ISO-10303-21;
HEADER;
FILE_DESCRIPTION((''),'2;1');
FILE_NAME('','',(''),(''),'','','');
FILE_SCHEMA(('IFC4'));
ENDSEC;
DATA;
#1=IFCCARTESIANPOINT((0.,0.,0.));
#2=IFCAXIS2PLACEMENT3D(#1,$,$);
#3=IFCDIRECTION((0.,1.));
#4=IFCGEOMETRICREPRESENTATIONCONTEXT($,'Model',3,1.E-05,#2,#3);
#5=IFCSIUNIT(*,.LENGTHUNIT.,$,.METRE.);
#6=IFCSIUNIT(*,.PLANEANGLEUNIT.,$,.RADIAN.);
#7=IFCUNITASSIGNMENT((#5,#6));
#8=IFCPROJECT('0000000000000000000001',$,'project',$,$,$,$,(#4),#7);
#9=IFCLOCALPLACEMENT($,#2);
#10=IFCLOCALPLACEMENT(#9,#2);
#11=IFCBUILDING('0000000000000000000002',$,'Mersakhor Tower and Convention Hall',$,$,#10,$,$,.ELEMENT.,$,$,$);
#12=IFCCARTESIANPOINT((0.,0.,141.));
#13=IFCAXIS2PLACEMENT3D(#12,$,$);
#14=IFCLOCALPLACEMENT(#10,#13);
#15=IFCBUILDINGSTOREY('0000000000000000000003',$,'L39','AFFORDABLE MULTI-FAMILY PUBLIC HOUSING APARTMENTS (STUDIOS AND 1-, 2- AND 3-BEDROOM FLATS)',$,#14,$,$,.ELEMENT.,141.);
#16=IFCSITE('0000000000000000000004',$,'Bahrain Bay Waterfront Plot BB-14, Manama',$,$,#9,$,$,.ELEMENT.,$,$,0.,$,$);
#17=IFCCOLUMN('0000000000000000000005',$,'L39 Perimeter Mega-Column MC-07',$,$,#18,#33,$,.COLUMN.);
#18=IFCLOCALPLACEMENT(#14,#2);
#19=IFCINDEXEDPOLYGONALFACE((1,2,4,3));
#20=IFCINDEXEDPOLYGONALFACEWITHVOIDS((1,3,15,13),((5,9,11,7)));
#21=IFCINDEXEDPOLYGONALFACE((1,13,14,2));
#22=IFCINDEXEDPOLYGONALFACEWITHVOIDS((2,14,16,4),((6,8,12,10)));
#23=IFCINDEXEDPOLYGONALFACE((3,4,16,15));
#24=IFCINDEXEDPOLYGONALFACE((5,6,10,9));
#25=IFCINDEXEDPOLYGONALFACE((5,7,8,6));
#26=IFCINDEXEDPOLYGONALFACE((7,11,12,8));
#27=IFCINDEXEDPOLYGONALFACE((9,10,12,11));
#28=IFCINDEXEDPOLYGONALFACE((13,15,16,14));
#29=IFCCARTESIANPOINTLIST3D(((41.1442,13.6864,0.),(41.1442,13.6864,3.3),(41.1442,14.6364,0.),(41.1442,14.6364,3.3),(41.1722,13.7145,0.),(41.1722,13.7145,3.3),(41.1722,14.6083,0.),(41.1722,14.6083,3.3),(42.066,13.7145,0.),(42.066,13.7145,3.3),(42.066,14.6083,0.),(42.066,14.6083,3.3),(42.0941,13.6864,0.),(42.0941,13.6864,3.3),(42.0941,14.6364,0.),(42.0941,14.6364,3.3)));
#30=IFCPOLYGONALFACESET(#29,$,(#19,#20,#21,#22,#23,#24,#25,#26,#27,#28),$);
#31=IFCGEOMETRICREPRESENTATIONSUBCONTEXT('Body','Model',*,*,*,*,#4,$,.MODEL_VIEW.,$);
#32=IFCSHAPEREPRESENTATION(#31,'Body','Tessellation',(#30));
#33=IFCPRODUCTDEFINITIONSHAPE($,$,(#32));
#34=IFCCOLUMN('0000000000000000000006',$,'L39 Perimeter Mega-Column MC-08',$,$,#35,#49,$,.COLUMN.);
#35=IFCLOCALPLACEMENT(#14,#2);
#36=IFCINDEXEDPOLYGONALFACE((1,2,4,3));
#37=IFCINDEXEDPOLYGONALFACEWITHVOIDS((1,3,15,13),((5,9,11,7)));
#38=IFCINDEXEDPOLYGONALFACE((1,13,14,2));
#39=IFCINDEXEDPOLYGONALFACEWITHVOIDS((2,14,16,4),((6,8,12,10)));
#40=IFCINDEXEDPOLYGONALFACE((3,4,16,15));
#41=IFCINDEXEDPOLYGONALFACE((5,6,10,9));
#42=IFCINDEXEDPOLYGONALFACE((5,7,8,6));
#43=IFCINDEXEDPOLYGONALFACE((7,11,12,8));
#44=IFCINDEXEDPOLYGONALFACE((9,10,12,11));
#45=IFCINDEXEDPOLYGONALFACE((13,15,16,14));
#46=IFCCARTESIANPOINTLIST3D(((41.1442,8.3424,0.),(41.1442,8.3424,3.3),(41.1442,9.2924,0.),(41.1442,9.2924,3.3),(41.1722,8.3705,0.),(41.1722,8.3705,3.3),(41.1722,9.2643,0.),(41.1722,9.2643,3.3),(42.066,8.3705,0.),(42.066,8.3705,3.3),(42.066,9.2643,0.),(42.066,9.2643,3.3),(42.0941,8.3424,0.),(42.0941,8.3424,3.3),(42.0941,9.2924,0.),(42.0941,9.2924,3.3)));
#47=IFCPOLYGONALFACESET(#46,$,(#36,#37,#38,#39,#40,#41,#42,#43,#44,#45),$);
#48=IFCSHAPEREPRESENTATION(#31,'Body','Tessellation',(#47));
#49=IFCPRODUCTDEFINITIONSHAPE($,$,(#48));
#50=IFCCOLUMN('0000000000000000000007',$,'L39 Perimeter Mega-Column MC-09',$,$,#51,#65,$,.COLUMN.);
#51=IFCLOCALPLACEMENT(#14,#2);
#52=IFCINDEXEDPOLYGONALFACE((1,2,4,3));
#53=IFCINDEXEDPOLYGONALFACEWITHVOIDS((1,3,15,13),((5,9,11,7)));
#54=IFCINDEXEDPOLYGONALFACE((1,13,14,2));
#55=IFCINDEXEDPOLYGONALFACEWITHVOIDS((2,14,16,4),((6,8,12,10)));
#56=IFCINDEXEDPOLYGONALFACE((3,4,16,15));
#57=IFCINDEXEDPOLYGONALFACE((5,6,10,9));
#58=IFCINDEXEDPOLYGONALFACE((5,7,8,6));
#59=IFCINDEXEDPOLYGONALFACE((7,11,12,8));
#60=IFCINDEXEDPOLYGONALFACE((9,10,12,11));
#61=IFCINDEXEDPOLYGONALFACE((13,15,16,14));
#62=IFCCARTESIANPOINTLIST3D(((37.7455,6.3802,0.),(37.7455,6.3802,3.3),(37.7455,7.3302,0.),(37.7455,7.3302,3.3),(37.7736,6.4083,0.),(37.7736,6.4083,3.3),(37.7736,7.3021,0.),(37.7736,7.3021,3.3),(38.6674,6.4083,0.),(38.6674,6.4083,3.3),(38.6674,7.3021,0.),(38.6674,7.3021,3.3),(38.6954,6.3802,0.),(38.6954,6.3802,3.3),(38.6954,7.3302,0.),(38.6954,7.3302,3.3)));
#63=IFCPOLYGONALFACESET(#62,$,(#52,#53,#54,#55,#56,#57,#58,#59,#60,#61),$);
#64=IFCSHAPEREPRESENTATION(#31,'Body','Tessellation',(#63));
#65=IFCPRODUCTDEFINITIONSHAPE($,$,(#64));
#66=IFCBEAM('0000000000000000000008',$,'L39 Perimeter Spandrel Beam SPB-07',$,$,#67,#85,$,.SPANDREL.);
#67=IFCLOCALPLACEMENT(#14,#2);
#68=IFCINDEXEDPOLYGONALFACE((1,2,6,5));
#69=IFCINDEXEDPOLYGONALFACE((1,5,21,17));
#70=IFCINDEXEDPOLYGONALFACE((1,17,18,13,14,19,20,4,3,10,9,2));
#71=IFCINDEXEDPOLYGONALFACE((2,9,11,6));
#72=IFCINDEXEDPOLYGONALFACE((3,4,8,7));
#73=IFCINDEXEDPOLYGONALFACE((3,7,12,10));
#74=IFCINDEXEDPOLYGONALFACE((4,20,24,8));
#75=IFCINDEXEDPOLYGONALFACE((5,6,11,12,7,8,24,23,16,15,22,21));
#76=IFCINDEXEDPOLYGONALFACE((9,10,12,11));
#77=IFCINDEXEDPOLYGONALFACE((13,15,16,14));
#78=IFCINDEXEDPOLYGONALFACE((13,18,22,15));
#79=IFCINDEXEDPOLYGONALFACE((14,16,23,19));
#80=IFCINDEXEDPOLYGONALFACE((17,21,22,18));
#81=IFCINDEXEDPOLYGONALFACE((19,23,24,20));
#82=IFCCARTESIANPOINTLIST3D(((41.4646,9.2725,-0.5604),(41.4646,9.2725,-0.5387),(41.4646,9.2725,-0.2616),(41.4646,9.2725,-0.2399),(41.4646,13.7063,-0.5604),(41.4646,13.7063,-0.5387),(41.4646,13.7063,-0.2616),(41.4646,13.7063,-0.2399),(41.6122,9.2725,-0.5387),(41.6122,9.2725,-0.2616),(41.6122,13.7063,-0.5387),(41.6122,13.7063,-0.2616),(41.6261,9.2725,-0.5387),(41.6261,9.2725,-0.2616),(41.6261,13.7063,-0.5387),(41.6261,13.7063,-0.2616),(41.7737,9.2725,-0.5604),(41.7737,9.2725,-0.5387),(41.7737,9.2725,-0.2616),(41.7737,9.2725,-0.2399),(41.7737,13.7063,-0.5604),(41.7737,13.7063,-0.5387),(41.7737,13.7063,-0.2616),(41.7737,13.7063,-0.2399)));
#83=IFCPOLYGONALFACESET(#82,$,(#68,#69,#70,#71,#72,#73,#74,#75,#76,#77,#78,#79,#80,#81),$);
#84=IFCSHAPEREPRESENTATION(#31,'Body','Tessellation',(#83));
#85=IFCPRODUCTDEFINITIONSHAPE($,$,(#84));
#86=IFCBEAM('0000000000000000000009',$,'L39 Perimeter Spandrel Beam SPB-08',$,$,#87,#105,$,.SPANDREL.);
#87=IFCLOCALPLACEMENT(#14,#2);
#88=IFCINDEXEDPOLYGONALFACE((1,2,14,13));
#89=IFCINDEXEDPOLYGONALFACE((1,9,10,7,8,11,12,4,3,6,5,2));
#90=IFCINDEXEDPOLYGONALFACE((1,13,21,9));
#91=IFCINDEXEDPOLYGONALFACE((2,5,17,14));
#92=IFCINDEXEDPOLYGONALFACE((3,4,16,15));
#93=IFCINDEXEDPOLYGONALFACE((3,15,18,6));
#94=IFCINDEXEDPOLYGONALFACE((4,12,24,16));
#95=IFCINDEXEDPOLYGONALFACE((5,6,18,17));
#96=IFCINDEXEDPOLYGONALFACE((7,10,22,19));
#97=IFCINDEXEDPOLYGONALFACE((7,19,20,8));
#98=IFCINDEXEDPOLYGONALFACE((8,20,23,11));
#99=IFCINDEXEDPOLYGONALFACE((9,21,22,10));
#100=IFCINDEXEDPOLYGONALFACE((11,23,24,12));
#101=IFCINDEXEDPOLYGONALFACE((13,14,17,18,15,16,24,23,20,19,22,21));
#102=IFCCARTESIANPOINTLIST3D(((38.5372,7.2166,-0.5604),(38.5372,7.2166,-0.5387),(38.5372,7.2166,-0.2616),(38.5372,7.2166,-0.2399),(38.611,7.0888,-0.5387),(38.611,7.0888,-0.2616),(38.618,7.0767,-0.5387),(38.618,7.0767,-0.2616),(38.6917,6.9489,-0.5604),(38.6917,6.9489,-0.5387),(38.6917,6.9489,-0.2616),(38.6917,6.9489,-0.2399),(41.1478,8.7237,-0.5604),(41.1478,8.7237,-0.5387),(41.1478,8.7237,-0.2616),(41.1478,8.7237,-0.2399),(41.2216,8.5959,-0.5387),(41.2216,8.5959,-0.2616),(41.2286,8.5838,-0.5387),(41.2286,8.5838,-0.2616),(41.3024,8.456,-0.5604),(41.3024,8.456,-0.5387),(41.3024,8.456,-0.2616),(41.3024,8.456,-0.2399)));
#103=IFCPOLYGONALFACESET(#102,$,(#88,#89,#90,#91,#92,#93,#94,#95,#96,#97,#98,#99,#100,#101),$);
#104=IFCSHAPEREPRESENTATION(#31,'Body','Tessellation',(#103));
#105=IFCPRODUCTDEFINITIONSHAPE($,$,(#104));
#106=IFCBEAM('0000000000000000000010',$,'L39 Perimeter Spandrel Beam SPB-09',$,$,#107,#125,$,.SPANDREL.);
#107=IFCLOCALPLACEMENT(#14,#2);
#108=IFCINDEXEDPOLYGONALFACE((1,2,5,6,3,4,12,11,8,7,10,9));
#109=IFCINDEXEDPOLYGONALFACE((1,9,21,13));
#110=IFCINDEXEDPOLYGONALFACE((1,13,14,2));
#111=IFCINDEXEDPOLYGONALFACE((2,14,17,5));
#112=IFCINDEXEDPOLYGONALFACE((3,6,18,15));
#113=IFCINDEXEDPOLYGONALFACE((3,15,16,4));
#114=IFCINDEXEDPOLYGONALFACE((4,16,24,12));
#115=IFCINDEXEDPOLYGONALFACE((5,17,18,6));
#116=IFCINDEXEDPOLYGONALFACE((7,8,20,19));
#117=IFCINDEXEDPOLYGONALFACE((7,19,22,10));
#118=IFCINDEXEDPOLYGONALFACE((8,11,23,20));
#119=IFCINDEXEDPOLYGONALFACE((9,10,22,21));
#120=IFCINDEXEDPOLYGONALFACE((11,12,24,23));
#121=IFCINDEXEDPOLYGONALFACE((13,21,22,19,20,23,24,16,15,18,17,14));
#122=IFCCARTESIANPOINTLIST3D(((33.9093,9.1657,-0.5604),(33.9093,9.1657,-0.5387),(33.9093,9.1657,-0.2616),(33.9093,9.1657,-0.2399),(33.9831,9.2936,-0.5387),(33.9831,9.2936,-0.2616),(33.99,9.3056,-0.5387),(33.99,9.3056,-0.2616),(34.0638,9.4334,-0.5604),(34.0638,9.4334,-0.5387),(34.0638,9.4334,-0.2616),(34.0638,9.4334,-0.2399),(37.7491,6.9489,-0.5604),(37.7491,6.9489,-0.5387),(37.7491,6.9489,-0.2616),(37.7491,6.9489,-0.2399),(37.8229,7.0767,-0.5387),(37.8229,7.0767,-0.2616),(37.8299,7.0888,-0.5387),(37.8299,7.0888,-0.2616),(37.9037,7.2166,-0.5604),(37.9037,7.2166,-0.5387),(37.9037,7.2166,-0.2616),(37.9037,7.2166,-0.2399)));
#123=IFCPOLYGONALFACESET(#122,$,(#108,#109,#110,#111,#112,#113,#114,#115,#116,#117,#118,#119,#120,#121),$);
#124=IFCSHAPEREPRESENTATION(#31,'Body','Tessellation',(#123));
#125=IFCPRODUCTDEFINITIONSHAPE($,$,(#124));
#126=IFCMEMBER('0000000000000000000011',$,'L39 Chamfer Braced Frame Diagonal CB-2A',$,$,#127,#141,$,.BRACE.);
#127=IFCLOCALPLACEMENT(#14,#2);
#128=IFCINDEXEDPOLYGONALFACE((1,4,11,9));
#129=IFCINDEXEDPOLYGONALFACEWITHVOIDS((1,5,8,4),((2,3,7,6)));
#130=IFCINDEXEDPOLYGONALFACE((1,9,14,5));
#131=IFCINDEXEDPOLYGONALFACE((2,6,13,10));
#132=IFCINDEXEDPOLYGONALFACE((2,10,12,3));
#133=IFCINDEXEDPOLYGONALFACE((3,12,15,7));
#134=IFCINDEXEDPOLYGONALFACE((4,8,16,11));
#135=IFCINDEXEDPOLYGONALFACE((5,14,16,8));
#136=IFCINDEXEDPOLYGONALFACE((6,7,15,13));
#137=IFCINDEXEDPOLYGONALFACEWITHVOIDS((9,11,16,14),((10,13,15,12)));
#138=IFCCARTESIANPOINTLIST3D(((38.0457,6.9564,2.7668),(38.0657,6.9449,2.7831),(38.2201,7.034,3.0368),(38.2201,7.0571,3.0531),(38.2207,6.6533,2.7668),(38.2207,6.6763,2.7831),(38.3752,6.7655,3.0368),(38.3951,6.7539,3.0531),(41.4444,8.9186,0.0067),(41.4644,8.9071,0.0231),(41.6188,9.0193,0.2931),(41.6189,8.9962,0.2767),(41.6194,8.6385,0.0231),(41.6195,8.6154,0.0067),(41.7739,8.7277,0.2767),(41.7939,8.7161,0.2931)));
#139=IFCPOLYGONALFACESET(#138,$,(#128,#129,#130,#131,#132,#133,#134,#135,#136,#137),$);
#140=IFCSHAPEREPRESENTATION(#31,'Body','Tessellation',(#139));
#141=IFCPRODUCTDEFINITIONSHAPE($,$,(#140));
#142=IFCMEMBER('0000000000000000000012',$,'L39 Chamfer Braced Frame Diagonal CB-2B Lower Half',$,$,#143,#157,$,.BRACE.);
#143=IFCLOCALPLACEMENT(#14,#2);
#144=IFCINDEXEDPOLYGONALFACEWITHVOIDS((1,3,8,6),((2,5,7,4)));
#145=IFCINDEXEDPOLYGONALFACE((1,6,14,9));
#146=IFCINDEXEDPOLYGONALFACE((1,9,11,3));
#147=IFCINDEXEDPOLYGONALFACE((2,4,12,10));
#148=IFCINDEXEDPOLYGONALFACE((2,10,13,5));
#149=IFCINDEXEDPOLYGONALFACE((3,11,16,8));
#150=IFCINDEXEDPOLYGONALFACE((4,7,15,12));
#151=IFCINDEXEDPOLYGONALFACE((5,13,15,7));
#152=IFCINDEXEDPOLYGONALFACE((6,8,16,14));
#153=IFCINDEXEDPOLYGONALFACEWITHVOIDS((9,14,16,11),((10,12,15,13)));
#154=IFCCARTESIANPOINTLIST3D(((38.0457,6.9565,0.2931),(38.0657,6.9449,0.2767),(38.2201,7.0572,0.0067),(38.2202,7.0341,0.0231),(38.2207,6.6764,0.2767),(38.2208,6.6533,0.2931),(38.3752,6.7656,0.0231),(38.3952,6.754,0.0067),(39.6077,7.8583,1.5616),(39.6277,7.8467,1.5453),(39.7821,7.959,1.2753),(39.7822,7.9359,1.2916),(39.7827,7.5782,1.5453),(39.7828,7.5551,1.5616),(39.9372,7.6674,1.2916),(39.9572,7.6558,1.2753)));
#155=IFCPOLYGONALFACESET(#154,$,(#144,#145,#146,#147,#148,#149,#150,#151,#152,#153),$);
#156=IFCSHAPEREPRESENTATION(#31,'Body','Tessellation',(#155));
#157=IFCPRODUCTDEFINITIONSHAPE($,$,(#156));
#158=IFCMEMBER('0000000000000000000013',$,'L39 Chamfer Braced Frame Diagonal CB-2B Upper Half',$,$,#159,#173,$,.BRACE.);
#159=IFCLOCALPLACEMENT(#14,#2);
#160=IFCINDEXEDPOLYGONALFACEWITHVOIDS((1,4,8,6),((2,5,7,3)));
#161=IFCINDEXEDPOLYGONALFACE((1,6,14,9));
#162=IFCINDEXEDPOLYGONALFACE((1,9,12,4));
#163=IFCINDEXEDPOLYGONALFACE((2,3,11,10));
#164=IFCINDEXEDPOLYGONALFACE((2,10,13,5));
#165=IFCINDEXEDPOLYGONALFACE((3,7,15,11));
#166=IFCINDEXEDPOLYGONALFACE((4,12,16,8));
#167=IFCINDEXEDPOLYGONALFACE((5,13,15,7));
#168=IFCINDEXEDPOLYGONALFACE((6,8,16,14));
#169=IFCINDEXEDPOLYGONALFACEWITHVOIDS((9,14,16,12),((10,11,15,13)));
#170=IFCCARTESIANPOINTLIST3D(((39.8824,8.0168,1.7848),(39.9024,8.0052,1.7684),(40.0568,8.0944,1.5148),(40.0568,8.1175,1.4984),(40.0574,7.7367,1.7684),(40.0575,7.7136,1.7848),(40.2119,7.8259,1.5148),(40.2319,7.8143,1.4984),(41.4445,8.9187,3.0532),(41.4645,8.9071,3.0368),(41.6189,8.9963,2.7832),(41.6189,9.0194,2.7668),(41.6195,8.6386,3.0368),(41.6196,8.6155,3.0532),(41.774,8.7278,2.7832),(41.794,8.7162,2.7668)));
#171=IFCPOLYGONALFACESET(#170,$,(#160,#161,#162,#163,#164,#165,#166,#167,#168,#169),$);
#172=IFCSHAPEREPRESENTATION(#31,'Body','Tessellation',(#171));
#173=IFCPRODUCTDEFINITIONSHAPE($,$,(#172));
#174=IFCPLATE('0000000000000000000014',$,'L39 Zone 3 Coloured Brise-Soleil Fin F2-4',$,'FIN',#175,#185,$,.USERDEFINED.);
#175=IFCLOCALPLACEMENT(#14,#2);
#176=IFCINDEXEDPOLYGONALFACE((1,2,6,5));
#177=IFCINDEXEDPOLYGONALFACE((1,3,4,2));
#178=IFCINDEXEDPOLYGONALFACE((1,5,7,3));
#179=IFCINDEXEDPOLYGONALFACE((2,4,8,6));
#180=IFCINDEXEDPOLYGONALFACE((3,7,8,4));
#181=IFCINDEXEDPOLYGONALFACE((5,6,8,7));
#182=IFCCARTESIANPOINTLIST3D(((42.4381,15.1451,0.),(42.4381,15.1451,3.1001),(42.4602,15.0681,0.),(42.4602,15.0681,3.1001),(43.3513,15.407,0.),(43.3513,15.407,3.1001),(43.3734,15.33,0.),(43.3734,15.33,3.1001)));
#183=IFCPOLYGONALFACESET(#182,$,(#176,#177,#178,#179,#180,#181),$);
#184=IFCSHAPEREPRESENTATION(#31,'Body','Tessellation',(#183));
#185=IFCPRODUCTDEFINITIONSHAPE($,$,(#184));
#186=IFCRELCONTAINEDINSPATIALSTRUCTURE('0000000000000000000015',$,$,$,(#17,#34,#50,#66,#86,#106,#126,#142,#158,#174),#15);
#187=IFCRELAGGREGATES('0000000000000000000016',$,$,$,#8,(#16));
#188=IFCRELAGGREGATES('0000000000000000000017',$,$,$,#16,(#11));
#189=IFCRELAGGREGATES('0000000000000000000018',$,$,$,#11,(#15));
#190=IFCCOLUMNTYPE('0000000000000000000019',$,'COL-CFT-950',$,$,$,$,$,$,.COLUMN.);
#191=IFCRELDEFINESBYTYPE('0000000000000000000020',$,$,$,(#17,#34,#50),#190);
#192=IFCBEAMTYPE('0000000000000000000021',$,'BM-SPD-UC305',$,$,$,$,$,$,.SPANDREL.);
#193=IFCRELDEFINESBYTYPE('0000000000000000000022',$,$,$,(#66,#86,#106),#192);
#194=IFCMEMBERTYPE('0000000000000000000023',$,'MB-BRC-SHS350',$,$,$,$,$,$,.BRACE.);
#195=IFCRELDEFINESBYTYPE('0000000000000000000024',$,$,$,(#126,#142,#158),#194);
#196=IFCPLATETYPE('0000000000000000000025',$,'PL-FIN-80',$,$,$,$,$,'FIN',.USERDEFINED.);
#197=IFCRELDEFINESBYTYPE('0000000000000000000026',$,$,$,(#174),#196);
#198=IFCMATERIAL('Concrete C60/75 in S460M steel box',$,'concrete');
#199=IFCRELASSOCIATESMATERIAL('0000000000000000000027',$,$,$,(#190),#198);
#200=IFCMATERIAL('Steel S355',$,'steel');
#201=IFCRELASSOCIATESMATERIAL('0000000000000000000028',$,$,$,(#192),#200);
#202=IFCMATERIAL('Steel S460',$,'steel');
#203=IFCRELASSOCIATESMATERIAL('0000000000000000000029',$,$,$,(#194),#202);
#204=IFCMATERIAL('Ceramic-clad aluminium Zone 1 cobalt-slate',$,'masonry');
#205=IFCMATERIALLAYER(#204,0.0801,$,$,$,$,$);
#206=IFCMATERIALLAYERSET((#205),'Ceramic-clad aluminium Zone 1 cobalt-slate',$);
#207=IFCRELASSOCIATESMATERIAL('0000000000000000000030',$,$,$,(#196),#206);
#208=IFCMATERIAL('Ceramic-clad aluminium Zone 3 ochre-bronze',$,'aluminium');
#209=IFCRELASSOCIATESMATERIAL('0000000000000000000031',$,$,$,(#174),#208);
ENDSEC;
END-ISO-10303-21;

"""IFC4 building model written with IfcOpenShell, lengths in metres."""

from ifc_helpers import new_model, si_unit, direction, frame, origin, origin_2d, place, context, subcontext, project, spatial, rectangle, hollow_rectangle, i_section, extrude, material, layer, layer_set, material_profile, profile_set, type_object, element, save


model = new_model("IFC4")

# Units and contexts
model_context = context("Model", 3, precision=1e-05, world=origin(), true_north=direction((0.0, 1.0)))
body_context = subcontext(model_context, "Body", "Model", "MODEL_VIEW")
ifc_project = project(units=[si_unit("LENGTHUNIT", "METRE"), si_unit("PLANEANGLEUNIT", "RADIAN")], contexts=[model_context])

# Site, building, storey
site_placement = place(None, origin())
site = spatial("IfcSite", under=ifc_project, at=site_placement, Name="Bahrain Bay Waterfront Plot BB-14, Manama", CompositionType="ELEMENT", RefElevation=0.0)
building_placement = place(site_placement, origin())
building = spatial("IfcBuilding", under=site, at=building_placement, Name="Mersakhor Tower and Convention Hall", CompositionType="ELEMENT")
storey_placement = place(building_placement, frame((0.0, 0.0, 141.0)))
storey = spatial("IfcBuildingStorey", under=building, at=storey_placement, Name="L39", Description="AFFORDABLE MULTI-FAMILY PUBLIC HOUSING APARTMENTS (STUDIOS AND 1-, 2- AND 3-BEDROOM FLATS)", CompositionType="ELEMENT", Elevation=141.0)

# Columns
ifc_material_1 = material(Name="Concrete C60/75 in S460M steel box", Category="concrete")
ifc_material_profile_1 = material_profile(ifc_material_1, hollow_rectangle(XDim=0.95, YDim=0.95, WallThickness=0.0281, at=origin_2d()), Name="SHS 950x950x28")
ifc_profile_set_1 = profile_set([ifc_material_profile_1], Name="Concrete C60/75 in S460M steel box")
column_type = type_object("IfcColumnType", Name="COL-CFT-950", PredefinedType="COLUMN", material=ifc_profile_set_1)
for number, where, z_axis, x_axis, name in (
    (1, (41.6191, 14.1614, 0.0), (0.0, 0.0, 1.0), (1.0, 0.0, 0.0), "L39 Perimeter Mega-Column MC-07"),
    (2, (41.6191, 8.8174, 0.0), (0.0, 0.0, 1.0), (1.0, 0.0, 0.0), "L39 Perimeter Mega-Column MC-08"),
    (3, (38.2205, 6.8552, 0.0), (0.0, 0.0, 1.0), (1.0, 0.0, 0.0), "L39 Perimeter Mega-Column MC-09"),
):
    element("IfcColumn", number, at=place(storey_placement, frame(where, z_axis=z_axis, x_axis=x_axis)), inside=storey, type_object=column_type, Name=name, PredefinedType="COLUMN", context=body_context, shape_type="SweptSolid", body=[
        extrude(hollow_rectangle(XDim=0.95, YDim=0.95, WallThickness=0.0281, at=origin_2d()), origin(), (0.0, 0.0, 1.0), 3.3),
    ])

# Beams
ifc_material_2 = material(Name="Steel S355", Category="steel")
ifc_material_profile_2 = material_profile(ifc_material_2, i_section(OverallWidth=0.3091, OverallDepth=0.3206, WebThickness=0.0139, FlangeThickness=0.0217, at=origin_2d()), Name="UC 305x305x137")
ifc_profile_set_2 = profile_set([ifc_material_profile_2], Name="Steel S355")
beam_type = type_object("IfcBeamType", Name="BM-SPD-UC305", PredefinedType="SPANDREL", material=ifc_profile_set_2)
beam_1_placement = place(storey_placement, frame((41.6191, 13.7063, -0.4001), z_axis=(0.0, -1.0, 0.0), x_axis=(1.0, 0.0, 0.0)))
element("IfcBeam", 4, at=beam_1_placement, inside=storey, type_object=beam_type, Name="L39 Perimeter Spandrel Beam SPB-07", PredefinedType="SPANDREL", context=body_context, shape_type="SweptSolid", body=[
    extrude(i_section(OverallWidth=0.3091, OverallDepth=0.3206, WebThickness=0.0139, FlangeThickness=0.0217, at=origin_2d()), origin(), (0.0, 0.0, 1.0), 4.4338),
])
beam_2_placement = place(storey_placement, frame((41.2251, 8.5898, -0.4001), z_axis=(-0.866047, -0.499963, 0.0), x_axis=(0.499963, -0.866047, 0.0)))
element("IfcBeam", 5, at=beam_2_placement, inside=storey, type_object=beam_type, Name="L39 Perimeter Spandrel Beam SPB-08", PredefinedType="SPANDREL", context=body_context, shape_type="SweptSolid", body=[
    extrude(i_section(OverallWidth=0.3091, OverallDepth=0.3206, WebThickness=0.0139, FlangeThickness=0.0217, at=origin_2d()), origin(), (0.0, 0.0, 1.0), 3.0144),
])
beam_3_placement = place(storey_placement, frame((37.8264, 7.0828, -0.4001), z_axis=(-0.866039, 0.499977, 0.0), x_axis=(-0.499977, -0.866039, 0.0)))
element("IfcBeam", 6, at=beam_3_placement, inside=storey, type_object=beam_type, Name="L39 Perimeter Spandrel Beam SPB-09", PredefinedType="SPANDREL", context=body_context, shape_type="SweptSolid", body=[
    extrude(i_section(OverallWidth=0.3091, OverallDepth=0.3206, WebThickness=0.0139, FlangeThickness=0.0217, at=origin_2d()), origin(), (0.0, 0.0, 1.0), 4.4338),
])

# Members
ifc_material_3 = material(Name="Steel S460", Category="steel")
ifc_material_profile_3 = material_profile(ifc_material_3, hollow_rectangle(XDim=0.3501, YDim=0.3501, WallThickness=0.02, at=origin_2d()), Name="SHS 350x350x20")
ifc_profile_set_3 = profile_set([ifc_material_profile_3], Name="Steel S460")
member_type = type_object("IfcMemberType", Name="MB-BRC-SHS350", PredefinedType="BRACE", material=ifc_profile_set_3)
member_placement = place(storey_placement, frame((41.6191, 8.8174, 0.1499), z_axis=(-0.708385, -0.408972, 0.575267), x_axis=(0.499986, -0.866033, 0.0)))
element("IfcMember", 7, at=member_placement, inside=storey, type_object=member_type, Name="L39 Chamfer Braced Frame Diagonal CB-2A", PredefinedType="BRACE", context=body_context, shape_type="SweptSolid", body=[
    extrude(hollow_rectangle(XDim=0.3501, YDim=0.3501, WallThickness=0.02, at=origin_2d()), origin(), (0.0, 0.0, 1.0), 4.7979),
])
for number, where, z_axis, x_axis, name in (
    (8, (38.2205, 6.8552, 0.1499), (0.708364, 0.408987, 0.575283), (-0.500011, 0.866019, 0.0), "L39 Chamfer Braced Frame Diagonal CB-2B Lower Half"),
    (9, (40.0571, 7.9155, 1.6416), (0.708409, 0.409013, 0.575209), (-0.500011, 0.866019, 0.0), "L39 Chamfer Braced Frame Diagonal CB-2B Upper Half"),
):
    element("IfcMember", number, at=place(storey_placement, frame(where, z_axis=z_axis, x_axis=x_axis)), inside=storey, type_object=member_type, Name=name, PredefinedType="BRACE", context=body_context, shape_type="SweptSolid", body=[
        extrude(hollow_rectangle(XDim=0.3501, YDim=0.3501, WallThickness=0.02, at=origin_2d()), origin(), (0.0, 0.0, 1.0), 2.2051),
    ])

# Plate
ifc_material_4 = material(Name="Ceramic-clad aluminium Zone 3 ochre-bronze", Category="aluminium")
ifc_material_5 = material(Name="Ceramic-clad aluminium Zone 1 cobalt-slate", Category="masonry")
ifc_layer_1 = layer(ifc_material_5, 0.0801)
ifc_layer_set_1 = layer_set([ifc_layer_1], Name="Ceramic-clad aluminium Zone 1 cobalt-slate")
plate_type_1 = type_object("IfcPlateType", Name="PL-FIN-80", ElementType="FIN", PredefinedType="USERDEFINED", material=ifc_layer_set_1)
plate_1_placement = place(storey_placement, frame((42.9058, 15.2375, 0.0), z_axis=(0.0, 0.0, 1.0), x_axis=(0.961262, 0.275637, 0.0)))
element("IfcPlate", 10, at=plate_1_placement, inside=storey, type_object=plate_type_1, material=ifc_material_4, Name="L39 Zone 3 Coloured Brise-Soleil Fin F2-4", ObjectType="FIN", PredefinedType="USERDEFINED", context=body_context, shape_type="SweptSolid", body=[
    extrude(rectangle(XDim=0.95, YDim=0.0801, at=origin_2d()), origin(), (0.0, 0.0, 1.0), 3.1001),
])

save(model, "model.ifc")
